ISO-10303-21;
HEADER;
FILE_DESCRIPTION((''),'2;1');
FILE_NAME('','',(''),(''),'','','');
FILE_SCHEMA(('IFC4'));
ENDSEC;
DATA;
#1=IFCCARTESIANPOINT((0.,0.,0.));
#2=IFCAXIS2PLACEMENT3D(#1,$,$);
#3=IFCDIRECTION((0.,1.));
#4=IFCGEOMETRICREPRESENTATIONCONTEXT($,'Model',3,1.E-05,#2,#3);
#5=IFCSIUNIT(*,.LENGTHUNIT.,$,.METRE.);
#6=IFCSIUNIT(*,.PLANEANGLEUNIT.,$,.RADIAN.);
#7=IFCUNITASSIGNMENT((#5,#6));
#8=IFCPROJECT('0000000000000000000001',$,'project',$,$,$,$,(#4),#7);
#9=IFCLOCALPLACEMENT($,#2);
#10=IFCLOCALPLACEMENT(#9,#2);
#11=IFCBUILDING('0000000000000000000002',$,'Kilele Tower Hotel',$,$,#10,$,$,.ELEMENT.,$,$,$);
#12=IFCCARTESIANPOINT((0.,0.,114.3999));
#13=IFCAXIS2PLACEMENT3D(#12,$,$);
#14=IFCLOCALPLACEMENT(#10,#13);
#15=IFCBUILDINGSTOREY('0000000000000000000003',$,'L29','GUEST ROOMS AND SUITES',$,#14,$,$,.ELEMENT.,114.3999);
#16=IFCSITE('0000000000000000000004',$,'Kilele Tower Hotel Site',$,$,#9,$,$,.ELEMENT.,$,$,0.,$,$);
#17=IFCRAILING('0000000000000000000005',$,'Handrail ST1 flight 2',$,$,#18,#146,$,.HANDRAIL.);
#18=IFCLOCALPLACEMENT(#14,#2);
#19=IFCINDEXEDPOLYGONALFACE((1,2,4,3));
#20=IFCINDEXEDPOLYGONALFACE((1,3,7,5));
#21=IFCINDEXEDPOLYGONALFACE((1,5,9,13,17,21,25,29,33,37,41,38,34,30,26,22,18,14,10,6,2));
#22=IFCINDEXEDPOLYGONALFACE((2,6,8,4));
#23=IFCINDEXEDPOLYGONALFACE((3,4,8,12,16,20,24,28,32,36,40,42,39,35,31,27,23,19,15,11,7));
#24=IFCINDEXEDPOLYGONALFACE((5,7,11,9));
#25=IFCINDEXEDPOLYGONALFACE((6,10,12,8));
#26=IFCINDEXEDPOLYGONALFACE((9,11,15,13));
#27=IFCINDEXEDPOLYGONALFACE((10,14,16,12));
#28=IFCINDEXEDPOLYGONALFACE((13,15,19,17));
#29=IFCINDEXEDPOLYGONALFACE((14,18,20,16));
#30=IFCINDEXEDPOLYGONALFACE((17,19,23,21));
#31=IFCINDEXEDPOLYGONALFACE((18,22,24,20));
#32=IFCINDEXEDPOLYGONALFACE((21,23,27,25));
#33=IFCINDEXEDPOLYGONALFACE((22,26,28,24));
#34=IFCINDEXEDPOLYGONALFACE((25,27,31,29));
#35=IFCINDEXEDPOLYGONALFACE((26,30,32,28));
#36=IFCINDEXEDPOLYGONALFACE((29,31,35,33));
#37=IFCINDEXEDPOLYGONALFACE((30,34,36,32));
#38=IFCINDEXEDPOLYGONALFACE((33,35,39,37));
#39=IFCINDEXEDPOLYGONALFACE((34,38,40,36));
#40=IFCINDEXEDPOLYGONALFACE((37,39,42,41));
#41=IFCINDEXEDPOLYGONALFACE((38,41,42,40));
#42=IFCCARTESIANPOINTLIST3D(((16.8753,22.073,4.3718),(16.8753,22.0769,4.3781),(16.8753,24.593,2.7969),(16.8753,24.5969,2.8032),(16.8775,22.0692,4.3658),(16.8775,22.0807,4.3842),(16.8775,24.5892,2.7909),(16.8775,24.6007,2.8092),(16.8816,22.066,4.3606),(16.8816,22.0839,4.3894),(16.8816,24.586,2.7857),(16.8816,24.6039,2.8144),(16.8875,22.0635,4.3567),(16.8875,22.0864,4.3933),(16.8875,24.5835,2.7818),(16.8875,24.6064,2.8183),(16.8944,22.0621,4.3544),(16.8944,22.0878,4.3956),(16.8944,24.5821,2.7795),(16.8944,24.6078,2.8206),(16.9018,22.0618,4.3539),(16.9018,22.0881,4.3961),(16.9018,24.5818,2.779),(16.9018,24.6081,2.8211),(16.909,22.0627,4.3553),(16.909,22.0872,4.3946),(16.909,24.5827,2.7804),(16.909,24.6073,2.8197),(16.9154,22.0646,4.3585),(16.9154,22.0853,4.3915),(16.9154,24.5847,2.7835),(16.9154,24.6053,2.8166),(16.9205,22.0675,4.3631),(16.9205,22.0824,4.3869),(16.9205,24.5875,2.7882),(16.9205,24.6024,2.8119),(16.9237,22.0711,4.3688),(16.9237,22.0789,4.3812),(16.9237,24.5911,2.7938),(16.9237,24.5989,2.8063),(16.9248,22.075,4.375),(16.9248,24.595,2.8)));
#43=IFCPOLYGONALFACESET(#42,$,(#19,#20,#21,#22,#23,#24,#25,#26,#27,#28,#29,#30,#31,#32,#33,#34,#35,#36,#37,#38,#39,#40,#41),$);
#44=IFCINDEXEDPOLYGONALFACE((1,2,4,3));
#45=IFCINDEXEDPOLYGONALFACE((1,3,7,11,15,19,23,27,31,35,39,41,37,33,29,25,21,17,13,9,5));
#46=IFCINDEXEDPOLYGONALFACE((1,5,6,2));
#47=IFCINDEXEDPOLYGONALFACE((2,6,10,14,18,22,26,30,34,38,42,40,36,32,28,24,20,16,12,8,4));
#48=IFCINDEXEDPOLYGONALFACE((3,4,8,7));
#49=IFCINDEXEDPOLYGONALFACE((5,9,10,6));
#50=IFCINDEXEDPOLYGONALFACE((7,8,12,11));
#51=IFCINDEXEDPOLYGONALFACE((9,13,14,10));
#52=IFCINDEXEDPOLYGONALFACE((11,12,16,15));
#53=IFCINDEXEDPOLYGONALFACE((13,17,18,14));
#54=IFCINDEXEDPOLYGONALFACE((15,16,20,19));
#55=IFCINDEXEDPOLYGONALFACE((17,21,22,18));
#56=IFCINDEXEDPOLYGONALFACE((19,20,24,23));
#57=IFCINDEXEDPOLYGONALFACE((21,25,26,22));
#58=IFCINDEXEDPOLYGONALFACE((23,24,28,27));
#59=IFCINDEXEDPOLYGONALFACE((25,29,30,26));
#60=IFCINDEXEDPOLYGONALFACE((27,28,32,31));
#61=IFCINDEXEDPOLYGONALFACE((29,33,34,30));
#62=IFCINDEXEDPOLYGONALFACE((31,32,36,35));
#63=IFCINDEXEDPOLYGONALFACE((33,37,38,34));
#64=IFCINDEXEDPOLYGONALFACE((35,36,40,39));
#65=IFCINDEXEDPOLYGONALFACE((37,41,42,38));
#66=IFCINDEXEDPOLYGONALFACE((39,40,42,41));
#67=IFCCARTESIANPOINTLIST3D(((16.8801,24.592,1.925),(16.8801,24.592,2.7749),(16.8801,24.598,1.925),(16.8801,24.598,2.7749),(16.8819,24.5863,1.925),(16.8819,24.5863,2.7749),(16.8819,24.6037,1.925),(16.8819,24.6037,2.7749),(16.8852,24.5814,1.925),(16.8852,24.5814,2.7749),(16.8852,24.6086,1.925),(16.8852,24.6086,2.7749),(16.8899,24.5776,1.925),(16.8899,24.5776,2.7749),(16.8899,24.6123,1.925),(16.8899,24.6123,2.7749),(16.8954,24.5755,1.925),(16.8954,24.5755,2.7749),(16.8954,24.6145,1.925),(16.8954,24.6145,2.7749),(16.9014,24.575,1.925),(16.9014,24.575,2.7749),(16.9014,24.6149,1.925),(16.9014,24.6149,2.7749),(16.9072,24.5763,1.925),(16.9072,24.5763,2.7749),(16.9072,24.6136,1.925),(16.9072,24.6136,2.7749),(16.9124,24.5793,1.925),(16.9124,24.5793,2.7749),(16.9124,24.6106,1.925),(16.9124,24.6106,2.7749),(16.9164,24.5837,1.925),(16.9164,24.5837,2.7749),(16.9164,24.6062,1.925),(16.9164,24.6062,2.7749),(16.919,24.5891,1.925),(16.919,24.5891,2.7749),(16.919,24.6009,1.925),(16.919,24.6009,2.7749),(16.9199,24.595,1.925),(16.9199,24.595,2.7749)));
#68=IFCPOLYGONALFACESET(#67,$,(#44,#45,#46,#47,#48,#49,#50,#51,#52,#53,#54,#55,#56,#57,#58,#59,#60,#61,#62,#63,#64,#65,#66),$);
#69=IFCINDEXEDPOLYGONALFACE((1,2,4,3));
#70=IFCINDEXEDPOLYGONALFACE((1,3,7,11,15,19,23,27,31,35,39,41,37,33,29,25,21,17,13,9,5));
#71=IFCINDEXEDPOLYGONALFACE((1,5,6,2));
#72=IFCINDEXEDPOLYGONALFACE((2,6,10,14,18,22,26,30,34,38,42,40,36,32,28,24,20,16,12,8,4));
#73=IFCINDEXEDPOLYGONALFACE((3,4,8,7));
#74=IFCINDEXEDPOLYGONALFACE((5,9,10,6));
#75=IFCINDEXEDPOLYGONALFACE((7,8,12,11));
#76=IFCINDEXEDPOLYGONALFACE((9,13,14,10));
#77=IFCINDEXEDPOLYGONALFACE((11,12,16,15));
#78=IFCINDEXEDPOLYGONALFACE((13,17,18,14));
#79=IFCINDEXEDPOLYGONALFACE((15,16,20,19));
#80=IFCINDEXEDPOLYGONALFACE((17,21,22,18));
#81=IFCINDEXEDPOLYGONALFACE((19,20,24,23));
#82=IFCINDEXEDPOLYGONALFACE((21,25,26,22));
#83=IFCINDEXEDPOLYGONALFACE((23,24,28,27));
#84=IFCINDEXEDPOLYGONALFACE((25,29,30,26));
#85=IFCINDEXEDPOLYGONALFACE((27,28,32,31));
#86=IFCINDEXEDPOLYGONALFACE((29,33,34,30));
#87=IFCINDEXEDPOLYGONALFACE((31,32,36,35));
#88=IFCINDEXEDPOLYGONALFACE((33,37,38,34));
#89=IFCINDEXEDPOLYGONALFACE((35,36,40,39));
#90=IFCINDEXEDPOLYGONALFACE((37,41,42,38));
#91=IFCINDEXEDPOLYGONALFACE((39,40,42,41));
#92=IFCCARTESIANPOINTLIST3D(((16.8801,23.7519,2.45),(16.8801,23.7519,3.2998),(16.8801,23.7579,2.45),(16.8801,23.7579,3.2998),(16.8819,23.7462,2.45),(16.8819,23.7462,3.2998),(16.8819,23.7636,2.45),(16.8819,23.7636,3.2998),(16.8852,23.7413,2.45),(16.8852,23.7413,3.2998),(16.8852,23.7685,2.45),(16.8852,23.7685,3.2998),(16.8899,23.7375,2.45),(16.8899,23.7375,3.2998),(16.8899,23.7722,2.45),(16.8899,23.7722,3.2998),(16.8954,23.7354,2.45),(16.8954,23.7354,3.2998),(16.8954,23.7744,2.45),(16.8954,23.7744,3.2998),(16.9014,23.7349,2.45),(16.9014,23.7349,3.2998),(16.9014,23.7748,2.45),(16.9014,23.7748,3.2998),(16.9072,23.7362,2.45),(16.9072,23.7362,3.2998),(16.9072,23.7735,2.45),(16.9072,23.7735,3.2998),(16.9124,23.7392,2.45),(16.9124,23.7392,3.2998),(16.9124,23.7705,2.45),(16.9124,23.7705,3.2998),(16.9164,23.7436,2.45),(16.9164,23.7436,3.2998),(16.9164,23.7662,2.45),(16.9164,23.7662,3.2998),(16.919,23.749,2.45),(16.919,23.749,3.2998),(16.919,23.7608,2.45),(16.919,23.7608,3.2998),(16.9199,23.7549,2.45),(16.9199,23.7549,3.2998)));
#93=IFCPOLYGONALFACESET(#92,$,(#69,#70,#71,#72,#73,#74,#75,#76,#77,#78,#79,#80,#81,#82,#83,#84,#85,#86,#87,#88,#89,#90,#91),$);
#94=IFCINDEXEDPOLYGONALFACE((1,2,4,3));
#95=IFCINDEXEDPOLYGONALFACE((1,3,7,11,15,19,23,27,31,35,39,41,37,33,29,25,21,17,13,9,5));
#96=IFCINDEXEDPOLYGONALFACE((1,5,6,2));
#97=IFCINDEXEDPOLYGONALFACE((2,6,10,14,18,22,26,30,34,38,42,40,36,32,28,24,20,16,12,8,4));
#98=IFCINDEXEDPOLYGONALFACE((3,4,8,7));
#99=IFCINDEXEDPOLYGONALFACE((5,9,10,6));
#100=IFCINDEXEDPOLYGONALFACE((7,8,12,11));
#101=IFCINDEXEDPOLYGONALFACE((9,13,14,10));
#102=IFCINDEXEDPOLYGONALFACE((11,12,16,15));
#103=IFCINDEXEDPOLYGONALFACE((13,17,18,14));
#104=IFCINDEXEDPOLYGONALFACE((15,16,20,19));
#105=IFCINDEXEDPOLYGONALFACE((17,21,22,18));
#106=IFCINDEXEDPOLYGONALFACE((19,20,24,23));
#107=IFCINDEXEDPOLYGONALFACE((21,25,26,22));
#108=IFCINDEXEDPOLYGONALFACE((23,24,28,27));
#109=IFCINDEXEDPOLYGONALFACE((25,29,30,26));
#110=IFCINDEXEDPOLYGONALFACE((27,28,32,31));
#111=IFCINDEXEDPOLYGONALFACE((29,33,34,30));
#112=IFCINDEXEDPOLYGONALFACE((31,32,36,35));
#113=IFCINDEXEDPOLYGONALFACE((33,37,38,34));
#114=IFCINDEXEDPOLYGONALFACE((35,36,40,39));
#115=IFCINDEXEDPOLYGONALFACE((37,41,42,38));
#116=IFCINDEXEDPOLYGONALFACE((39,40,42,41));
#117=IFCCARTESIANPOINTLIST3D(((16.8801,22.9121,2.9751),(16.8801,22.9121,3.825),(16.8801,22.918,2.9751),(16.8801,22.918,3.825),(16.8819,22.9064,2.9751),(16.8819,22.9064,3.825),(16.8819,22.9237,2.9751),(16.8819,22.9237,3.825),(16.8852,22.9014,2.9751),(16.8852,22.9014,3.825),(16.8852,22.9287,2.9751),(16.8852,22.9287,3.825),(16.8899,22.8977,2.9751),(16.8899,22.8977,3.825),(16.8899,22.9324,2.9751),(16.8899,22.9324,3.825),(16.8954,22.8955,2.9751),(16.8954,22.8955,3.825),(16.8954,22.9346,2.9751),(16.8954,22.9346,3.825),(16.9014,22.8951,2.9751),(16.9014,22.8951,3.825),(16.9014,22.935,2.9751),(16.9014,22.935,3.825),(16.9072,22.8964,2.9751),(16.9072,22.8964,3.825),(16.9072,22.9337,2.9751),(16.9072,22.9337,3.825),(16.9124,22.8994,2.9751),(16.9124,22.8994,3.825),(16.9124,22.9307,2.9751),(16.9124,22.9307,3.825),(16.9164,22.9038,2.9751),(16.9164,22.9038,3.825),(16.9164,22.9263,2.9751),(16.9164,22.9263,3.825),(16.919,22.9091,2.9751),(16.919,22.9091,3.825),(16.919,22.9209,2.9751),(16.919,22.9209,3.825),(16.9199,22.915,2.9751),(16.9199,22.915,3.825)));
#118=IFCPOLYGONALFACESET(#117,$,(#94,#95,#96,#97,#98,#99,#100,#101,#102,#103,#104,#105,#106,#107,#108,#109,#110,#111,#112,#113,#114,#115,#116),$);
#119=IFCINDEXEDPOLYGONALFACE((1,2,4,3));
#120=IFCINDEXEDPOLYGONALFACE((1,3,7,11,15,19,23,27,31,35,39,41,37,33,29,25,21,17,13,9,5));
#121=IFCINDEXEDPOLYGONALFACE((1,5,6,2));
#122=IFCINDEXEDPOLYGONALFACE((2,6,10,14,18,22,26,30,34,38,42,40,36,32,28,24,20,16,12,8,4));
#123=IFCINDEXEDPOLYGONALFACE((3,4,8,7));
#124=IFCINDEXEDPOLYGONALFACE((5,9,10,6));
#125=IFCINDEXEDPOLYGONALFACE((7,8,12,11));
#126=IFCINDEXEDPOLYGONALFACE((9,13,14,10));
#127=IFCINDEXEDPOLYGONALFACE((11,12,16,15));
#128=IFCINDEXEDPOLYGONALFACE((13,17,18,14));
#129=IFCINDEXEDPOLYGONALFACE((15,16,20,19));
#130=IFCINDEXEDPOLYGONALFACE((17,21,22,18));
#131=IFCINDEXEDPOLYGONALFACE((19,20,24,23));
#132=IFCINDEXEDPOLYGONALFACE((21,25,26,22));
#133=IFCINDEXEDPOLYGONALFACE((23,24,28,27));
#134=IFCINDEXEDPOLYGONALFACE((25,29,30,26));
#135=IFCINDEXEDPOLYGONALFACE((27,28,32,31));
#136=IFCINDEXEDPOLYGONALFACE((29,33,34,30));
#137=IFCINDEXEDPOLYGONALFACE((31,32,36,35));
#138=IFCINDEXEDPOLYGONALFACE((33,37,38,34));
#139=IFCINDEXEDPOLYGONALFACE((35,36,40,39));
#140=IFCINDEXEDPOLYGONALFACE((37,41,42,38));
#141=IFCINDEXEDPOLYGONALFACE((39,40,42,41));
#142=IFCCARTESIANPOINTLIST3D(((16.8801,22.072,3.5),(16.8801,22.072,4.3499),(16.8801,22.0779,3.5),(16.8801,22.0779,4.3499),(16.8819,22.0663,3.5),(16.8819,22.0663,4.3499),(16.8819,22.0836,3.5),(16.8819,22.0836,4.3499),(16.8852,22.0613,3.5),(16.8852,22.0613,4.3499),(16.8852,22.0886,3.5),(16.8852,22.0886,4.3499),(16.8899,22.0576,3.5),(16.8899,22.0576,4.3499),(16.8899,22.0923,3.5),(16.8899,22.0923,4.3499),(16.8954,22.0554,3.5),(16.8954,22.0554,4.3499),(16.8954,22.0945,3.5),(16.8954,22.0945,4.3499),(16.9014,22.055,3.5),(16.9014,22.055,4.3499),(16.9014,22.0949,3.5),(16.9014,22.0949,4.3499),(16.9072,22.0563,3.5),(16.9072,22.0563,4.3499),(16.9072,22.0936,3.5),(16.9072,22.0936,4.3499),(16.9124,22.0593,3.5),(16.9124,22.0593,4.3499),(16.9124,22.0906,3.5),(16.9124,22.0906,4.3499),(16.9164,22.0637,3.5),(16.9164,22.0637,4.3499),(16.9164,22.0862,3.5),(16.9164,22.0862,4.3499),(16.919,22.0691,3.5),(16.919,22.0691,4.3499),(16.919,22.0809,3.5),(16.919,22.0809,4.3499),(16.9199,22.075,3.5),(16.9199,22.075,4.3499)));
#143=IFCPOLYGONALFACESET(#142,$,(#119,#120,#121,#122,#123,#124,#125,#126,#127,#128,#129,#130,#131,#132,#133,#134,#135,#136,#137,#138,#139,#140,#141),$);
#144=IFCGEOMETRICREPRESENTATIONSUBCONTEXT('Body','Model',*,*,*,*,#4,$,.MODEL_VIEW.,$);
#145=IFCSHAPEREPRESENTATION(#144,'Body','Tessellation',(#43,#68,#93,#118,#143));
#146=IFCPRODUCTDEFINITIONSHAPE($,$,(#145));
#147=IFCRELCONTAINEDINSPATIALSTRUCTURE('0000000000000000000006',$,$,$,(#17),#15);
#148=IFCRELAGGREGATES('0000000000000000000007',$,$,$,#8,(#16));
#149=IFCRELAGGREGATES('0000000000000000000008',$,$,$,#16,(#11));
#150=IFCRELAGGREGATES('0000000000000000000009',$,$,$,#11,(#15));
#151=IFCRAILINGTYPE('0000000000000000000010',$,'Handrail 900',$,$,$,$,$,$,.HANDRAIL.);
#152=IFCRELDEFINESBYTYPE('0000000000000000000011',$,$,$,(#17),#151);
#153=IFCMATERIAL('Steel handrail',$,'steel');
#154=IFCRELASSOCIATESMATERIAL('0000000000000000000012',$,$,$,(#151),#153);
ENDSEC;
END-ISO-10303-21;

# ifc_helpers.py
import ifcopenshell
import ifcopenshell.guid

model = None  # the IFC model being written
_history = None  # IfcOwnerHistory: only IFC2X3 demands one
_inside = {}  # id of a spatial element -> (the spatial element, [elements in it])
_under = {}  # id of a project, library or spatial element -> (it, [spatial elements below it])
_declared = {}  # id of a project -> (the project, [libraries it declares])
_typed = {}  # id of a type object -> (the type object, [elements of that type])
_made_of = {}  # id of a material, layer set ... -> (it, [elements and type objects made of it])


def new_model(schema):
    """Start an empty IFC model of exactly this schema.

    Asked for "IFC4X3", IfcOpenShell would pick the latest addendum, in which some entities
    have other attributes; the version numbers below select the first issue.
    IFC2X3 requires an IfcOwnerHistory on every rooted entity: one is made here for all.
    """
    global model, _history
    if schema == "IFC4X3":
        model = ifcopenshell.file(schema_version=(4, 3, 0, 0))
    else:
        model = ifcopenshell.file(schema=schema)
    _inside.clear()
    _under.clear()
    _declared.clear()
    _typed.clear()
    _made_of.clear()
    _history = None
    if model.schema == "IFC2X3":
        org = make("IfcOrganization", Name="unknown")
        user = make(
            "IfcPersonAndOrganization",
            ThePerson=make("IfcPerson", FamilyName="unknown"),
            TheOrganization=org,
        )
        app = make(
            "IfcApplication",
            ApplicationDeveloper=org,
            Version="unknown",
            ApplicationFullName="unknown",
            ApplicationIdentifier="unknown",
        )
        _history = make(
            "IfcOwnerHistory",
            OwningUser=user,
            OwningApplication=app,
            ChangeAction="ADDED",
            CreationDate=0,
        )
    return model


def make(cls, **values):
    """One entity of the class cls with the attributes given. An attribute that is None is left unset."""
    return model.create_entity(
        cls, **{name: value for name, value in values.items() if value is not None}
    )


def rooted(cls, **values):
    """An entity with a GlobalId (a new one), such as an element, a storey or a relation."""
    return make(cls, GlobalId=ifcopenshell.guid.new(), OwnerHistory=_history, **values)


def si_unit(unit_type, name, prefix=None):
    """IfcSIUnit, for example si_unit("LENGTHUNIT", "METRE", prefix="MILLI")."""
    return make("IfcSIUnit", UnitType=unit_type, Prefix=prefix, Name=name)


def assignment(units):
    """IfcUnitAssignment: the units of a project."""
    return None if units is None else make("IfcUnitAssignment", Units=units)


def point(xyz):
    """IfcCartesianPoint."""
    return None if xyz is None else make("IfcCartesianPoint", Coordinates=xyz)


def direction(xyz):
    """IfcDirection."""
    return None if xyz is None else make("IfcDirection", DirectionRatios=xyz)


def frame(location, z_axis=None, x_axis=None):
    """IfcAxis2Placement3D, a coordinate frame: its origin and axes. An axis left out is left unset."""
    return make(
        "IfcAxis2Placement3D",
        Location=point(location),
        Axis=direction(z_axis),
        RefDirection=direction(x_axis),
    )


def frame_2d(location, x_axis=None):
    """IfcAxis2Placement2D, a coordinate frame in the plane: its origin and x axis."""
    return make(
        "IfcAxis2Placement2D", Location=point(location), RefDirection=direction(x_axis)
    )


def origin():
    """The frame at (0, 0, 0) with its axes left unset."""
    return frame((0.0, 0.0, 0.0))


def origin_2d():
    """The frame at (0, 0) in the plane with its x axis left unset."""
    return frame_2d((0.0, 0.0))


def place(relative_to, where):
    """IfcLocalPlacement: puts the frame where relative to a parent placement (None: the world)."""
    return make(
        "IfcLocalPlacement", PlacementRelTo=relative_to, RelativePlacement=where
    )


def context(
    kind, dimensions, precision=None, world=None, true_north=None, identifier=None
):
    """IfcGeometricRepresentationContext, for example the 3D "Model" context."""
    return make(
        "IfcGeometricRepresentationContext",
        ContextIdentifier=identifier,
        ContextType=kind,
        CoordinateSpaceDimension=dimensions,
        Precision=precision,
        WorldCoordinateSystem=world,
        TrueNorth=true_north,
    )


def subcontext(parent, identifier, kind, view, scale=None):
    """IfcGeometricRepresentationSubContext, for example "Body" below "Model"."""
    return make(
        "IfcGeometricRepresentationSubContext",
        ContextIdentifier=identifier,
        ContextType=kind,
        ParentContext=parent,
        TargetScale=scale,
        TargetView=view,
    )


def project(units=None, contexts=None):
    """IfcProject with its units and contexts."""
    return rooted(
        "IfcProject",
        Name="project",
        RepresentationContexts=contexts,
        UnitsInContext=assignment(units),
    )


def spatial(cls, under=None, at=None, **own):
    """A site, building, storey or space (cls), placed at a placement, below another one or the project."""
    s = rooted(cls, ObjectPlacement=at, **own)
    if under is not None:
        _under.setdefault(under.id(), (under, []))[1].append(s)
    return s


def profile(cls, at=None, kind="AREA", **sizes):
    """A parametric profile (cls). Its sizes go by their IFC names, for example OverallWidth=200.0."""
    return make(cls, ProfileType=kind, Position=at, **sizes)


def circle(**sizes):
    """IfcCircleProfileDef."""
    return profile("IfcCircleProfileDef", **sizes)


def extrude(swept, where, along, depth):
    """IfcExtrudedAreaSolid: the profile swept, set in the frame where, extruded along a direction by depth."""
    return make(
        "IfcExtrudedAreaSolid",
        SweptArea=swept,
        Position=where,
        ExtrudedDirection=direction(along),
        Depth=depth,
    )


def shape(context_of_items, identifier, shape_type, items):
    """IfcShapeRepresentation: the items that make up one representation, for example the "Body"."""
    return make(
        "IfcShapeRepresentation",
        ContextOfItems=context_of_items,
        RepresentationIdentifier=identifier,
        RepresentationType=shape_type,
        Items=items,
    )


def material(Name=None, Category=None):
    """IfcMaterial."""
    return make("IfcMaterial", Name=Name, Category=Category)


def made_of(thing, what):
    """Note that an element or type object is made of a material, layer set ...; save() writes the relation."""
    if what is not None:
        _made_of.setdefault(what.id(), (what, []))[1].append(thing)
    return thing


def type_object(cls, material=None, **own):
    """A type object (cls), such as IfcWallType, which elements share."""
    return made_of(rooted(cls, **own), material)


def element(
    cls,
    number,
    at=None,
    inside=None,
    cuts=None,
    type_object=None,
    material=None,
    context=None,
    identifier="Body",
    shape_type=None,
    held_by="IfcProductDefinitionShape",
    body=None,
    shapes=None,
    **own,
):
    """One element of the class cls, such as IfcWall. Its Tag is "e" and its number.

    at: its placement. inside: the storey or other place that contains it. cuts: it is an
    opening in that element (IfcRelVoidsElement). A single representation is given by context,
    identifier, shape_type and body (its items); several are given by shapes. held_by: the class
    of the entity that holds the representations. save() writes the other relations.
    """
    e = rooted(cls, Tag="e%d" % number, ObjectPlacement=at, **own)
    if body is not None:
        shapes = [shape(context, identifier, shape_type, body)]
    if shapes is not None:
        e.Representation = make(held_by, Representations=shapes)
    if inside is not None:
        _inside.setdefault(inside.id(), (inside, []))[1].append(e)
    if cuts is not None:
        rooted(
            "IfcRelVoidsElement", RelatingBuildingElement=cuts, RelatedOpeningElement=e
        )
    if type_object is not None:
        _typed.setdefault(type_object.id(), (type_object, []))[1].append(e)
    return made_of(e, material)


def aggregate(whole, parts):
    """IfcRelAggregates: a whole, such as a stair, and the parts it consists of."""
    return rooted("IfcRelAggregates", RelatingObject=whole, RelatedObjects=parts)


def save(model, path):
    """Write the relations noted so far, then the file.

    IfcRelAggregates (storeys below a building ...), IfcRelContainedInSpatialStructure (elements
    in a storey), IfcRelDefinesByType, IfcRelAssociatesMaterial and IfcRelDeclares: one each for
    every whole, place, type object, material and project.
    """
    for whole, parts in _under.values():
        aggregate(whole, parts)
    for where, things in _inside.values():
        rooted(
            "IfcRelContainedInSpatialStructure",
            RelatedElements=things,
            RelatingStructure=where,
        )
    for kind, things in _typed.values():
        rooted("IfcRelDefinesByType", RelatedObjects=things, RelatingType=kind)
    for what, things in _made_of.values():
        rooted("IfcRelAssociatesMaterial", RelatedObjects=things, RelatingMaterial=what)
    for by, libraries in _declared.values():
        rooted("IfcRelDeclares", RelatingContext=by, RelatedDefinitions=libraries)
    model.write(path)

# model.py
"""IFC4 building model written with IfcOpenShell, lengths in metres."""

from ifc_helpers import new_model, si_unit, direction, frame, origin, origin_2d, place, context, subcontext, project, spatial, circle, extrude, material, type_object, element, save


model = new_model("IFC4")

# Units and contexts
model_context = context("Model", 3, precision=1e-05, world=origin(), true_north=direction((0.0, 1.0)))
body_context = subcontext(model_context, "Body", "Model", "MODEL_VIEW")
ifc_project = project(units=[si_unit("LENGTHUNIT", "METRE"), si_unit("PLANEANGLEUNIT", "RADIAN")], contexts=[model_context])

# Site, building, storey
site_placement = place(None, origin())
site = spatial("IfcSite", under=ifc_project, at=site_placement, Name="Kilele Tower Hotel Site", CompositionType="ELEMENT", RefElevation=0.0)
building_placement = place(site_placement, origin())
building = spatial("IfcBuilding", under=site, at=building_placement, Name="Kilele Tower Hotel", CompositionType="ELEMENT")
storey_placement = place(building_placement, frame((0.0, 0.0, 114.3999)))
storey = spatial("IfcBuildingStorey", under=building, at=storey_placement, Name="L29", Description="GUEST ROOMS AND SUITES", CompositionType="ELEMENT", Elevation=114.3999)

# Railing
ifc_material_1 = material(Name="Steel handrail", Category="steel")
railing_type_1 = type_object("IfcRailingType", Name="Handrail 900", PredefinedType="HANDRAIL", material=ifc_material_1)
for number, where, name in (
    (1, (16.8999, 24.595, 1.925), "Handrail ST1 flight 2"),
):
    element("IfcRailing", number, at=place(storey_placement, frame(where)), inside=storey, type_object=railing_type_1, Name=name, PredefinedType="HANDRAIL", context=body_context, shape_type="SweptSolid", body=[
        extrude(circle(Radius=0.0249, at=origin_2d()), frame((0.0, 0.0, 0.875), z_axis=(0.0, -0.848008, 0.529984), x_axis=(1.0, 0.0, 0.0)), (0.0, 0.0, 1.0), 2.9717),
        extrude(circle(Radius=0.02, at=origin_2d()), origin(), (0.0, 0.0, 1.0), 0.8499),
        extrude(circle(Radius=0.02, at=origin_2d()), frame((0.0, -0.8401, 0.5249)), (0.0, 0.0, 1.0), 0.8499),
        extrude(circle(Radius=0.02, at=origin_2d()), frame((0.0, -1.6799, 1.05)), (0.0, 0.0, 1.0), 0.8499),
        extrude(circle(Radius=0.02, at=origin_2d()), frame((0.0, -2.52, 1.575)), (0.0, 0.0, 1.0), 0.8499),
    ])

save(model, "model.ifc")
